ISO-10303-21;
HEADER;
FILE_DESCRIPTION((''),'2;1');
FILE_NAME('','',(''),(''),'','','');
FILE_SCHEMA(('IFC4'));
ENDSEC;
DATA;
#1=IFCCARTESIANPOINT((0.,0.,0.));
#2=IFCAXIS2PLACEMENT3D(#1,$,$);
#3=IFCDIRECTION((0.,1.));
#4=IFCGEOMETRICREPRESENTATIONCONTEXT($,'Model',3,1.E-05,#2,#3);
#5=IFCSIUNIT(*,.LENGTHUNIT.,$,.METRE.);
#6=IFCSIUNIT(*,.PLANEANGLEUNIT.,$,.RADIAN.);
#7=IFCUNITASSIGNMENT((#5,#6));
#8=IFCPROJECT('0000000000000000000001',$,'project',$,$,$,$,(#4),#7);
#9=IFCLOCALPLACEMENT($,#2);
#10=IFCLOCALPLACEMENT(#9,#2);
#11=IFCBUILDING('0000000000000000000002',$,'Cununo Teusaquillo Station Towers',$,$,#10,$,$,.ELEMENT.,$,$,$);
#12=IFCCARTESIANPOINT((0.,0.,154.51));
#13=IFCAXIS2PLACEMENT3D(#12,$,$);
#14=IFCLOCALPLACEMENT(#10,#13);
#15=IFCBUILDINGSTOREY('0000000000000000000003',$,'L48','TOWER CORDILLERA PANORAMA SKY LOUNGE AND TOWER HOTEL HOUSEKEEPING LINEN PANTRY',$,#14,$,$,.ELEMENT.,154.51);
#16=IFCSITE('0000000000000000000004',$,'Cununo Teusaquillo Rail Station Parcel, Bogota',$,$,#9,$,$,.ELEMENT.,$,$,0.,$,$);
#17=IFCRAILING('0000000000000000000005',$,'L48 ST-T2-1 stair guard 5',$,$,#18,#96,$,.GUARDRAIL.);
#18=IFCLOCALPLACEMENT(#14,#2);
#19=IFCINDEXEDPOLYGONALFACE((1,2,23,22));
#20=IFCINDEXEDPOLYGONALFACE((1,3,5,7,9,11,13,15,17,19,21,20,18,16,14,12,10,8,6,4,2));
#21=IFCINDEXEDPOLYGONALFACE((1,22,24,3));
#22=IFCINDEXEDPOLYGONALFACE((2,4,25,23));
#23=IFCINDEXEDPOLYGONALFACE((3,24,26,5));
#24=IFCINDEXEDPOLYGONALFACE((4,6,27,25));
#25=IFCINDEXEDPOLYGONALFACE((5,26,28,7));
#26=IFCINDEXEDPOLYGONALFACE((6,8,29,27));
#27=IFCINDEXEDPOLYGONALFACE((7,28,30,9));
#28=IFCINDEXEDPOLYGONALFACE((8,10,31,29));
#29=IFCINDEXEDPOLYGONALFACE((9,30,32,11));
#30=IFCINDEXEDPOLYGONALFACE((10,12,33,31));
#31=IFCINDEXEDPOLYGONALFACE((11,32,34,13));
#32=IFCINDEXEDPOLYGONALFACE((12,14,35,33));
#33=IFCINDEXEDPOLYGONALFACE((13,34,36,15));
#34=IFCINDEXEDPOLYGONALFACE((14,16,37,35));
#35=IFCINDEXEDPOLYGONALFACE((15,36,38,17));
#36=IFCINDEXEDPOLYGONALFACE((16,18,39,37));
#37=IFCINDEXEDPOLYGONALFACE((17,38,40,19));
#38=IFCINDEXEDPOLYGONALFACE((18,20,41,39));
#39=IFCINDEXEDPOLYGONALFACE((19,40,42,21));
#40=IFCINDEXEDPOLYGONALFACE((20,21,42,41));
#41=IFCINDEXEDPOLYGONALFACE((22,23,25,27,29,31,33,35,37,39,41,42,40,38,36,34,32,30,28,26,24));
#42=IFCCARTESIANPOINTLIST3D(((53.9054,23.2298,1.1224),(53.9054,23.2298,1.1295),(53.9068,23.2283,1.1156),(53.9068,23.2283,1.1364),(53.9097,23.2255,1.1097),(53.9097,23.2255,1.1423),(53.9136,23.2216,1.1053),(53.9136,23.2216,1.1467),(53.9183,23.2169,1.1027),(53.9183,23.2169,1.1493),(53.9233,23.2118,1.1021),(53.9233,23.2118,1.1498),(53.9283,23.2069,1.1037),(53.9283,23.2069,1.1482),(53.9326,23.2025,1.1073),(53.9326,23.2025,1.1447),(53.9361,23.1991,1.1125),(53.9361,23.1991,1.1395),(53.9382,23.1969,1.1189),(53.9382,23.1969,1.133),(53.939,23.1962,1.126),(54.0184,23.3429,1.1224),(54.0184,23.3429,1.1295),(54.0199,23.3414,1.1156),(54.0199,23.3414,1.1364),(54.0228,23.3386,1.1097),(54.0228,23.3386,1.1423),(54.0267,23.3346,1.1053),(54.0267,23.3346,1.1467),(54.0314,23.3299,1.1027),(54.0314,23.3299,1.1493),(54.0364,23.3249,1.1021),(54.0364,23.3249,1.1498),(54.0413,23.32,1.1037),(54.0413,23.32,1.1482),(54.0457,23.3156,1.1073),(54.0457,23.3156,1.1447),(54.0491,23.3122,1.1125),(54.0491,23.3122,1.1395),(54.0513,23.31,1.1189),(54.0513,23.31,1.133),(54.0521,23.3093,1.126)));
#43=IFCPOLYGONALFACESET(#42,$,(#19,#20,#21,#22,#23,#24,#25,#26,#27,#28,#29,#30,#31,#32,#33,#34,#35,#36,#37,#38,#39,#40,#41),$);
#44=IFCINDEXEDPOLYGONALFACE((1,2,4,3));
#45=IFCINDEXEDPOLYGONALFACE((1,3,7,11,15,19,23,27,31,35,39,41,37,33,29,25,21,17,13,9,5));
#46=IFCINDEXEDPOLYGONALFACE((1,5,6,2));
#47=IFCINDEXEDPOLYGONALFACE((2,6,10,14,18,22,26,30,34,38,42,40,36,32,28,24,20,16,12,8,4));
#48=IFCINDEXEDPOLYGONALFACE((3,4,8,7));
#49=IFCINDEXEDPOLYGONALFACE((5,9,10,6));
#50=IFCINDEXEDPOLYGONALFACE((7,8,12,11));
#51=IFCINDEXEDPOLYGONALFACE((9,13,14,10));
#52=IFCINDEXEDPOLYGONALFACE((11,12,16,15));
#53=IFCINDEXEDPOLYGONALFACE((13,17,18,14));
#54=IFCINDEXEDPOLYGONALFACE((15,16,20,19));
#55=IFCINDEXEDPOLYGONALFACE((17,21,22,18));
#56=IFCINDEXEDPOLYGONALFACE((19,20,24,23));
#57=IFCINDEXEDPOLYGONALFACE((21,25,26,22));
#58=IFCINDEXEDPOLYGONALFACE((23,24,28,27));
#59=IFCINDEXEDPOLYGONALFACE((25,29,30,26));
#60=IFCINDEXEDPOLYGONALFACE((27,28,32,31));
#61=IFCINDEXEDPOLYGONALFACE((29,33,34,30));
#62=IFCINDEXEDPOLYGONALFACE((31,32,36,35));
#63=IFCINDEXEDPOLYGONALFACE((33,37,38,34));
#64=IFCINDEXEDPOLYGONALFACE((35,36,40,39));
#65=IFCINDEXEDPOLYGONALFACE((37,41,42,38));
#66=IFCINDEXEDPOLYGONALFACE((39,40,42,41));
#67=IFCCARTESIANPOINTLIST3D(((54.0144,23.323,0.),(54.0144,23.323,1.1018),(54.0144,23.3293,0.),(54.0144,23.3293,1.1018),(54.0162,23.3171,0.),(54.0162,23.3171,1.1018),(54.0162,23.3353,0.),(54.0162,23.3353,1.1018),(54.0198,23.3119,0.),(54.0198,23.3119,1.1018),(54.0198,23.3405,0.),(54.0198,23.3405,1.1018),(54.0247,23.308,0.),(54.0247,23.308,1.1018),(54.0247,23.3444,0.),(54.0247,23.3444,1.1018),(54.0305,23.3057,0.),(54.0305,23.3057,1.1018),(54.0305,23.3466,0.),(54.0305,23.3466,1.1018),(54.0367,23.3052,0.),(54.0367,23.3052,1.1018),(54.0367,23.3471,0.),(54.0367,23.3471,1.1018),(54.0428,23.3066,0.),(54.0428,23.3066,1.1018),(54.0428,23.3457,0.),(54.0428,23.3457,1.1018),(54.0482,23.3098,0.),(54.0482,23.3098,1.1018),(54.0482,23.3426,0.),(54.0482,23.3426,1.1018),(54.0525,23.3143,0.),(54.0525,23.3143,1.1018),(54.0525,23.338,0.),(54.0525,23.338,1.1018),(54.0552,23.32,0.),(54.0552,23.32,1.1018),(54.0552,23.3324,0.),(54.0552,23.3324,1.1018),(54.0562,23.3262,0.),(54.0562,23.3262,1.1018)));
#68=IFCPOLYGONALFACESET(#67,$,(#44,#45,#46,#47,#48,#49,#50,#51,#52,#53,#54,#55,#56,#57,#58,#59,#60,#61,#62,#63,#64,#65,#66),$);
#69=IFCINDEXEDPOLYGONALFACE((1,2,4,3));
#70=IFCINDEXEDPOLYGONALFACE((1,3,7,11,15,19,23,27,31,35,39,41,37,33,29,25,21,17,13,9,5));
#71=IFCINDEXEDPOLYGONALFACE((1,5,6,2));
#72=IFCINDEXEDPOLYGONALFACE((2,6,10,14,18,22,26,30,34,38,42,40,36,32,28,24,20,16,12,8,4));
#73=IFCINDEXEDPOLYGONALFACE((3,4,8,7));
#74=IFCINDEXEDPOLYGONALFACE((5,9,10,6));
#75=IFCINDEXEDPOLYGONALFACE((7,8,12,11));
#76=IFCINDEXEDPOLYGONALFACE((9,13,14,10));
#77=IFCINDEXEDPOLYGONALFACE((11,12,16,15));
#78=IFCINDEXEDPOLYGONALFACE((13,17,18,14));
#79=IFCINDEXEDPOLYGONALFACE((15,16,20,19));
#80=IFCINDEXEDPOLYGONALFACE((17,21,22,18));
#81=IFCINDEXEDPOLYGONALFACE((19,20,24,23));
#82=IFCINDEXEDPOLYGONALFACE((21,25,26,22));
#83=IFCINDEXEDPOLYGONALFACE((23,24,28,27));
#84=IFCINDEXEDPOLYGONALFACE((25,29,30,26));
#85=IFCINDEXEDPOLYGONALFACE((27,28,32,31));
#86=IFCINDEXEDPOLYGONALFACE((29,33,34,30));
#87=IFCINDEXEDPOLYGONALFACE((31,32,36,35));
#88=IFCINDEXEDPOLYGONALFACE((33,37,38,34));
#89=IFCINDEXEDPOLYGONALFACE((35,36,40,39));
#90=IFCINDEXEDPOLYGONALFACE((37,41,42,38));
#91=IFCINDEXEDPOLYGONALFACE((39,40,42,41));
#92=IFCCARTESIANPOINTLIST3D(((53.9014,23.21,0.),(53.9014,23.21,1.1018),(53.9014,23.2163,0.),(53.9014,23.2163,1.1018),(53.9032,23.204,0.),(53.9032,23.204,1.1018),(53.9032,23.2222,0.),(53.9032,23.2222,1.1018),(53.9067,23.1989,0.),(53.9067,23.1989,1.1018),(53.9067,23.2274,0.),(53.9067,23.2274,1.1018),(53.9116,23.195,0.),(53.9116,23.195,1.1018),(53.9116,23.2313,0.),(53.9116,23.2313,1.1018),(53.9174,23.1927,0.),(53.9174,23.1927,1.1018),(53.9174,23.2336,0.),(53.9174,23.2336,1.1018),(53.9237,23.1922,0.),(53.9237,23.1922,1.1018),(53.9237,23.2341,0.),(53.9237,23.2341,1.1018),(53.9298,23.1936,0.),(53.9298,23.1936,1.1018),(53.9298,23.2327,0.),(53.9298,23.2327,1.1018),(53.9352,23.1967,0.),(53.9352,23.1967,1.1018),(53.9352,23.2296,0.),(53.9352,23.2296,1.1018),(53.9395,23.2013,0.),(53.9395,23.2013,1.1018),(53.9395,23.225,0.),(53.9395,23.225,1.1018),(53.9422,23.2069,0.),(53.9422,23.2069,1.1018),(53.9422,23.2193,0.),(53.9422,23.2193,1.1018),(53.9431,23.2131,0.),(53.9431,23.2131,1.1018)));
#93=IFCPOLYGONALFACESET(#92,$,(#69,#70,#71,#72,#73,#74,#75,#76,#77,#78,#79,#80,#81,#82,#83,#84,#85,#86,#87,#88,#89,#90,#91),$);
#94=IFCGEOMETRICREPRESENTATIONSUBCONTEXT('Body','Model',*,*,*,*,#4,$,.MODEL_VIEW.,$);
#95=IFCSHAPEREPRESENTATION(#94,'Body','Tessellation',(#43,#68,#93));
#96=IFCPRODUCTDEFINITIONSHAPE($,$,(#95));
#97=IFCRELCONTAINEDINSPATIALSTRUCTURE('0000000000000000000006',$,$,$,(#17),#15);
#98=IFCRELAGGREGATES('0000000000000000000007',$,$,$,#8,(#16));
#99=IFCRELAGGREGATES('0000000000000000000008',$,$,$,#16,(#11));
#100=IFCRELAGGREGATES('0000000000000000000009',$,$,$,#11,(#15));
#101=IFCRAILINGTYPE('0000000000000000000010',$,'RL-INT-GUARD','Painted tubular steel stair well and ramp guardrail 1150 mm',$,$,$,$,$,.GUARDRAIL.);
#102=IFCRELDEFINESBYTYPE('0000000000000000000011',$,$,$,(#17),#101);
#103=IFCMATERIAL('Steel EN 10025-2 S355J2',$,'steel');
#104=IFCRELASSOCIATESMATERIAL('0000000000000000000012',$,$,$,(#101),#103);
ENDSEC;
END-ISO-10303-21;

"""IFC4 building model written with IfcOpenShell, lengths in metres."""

from ifc_helpers import new_model, si_unit, direction, frame, origin, origin_2d, place, context, subcontext, project, spatial, circle, extrude, material, type_object, element, save


model = new_model("IFC4")

# Units and contexts
model_context = context("Model", 3, precision=1e-05, world=origin(), true_north=direction((0.0, 1.0)))
body_context = subcontext(model_context, "Body", "Model", "MODEL_VIEW")
ifc_project = project(units=[si_unit("LENGTHUNIT", "METRE"), si_unit("PLANEANGLEUNIT", "RADIAN")], contexts=[model_context])

# Site, building, storey
site_placement = place(None, origin())
site = spatial("IfcSite", under=ifc_project, at=site_placement, Name="Cununo Teusaquillo Rail Station Parcel, Bogota", CompositionType="ELEMENT", RefElevation=0.0)
building_placement = place(site_placement, origin())
building = spatial("IfcBuilding", under=site, at=building_placement, Name="Cununo Teusaquillo Station Towers", CompositionType="ELEMENT")
storey_placement = place(building_placement, frame((0.0, 0.0, 154.51)))
storey = spatial("IfcBuildingStorey", under=building, at=storey_placement, Name="L48", Description="TOWER CORDILLERA PANORAMA SKY LOUNGE AND TOWER HOTEL HOUSEKEEPING LINEN PANTRY", CompositionType="ELEMENT", Elevation=154.51)

# Railing
ifc_material_1 = material(Name="Steel EN 10025-2 S355J2", Category="steel")
railing_type_1 = type_object("IfcRailingType", Name="RL-INT-GUARD", Description="Painted tubular steel stair well and ramp guardrail 1150 mm", PredefinedType="GUARDRAIL", material=ifc_material_1)
railing_1_placement = place(storey_placement, frame((54.0352, 23.3262, 0.0)))
element("IfcRailing", 1, at=railing_1_placement, inside=storey, type_object=railing_type_1, Name="L48 ST-T2-1 stair guard 5", PredefinedType="GUARDRAIL", context=body_context, shape_type="SweptSolid", body=[
    extrude(circle(Radius=0.0239, at=origin_2d()), frame((0.0, 0.0, 1.126), z_axis=(-0.707107, -0.707107, 0.0), x_axis=(0.707107, -0.707107, 0.0)), (0.0, 0.0, 1.0), 0.1599),
    extrude(circle(Radius=0.021, at=origin_2d()), origin(), (0.0, 0.0, 1.0), 1.1018),
    extrude(circle(Radius=0.021, at=origin_2d()), frame((-0.113, -0.113, 0.0)), (0.0, 0.0, 1.0), 1.1018),
])

save(model, "model.ifc")
